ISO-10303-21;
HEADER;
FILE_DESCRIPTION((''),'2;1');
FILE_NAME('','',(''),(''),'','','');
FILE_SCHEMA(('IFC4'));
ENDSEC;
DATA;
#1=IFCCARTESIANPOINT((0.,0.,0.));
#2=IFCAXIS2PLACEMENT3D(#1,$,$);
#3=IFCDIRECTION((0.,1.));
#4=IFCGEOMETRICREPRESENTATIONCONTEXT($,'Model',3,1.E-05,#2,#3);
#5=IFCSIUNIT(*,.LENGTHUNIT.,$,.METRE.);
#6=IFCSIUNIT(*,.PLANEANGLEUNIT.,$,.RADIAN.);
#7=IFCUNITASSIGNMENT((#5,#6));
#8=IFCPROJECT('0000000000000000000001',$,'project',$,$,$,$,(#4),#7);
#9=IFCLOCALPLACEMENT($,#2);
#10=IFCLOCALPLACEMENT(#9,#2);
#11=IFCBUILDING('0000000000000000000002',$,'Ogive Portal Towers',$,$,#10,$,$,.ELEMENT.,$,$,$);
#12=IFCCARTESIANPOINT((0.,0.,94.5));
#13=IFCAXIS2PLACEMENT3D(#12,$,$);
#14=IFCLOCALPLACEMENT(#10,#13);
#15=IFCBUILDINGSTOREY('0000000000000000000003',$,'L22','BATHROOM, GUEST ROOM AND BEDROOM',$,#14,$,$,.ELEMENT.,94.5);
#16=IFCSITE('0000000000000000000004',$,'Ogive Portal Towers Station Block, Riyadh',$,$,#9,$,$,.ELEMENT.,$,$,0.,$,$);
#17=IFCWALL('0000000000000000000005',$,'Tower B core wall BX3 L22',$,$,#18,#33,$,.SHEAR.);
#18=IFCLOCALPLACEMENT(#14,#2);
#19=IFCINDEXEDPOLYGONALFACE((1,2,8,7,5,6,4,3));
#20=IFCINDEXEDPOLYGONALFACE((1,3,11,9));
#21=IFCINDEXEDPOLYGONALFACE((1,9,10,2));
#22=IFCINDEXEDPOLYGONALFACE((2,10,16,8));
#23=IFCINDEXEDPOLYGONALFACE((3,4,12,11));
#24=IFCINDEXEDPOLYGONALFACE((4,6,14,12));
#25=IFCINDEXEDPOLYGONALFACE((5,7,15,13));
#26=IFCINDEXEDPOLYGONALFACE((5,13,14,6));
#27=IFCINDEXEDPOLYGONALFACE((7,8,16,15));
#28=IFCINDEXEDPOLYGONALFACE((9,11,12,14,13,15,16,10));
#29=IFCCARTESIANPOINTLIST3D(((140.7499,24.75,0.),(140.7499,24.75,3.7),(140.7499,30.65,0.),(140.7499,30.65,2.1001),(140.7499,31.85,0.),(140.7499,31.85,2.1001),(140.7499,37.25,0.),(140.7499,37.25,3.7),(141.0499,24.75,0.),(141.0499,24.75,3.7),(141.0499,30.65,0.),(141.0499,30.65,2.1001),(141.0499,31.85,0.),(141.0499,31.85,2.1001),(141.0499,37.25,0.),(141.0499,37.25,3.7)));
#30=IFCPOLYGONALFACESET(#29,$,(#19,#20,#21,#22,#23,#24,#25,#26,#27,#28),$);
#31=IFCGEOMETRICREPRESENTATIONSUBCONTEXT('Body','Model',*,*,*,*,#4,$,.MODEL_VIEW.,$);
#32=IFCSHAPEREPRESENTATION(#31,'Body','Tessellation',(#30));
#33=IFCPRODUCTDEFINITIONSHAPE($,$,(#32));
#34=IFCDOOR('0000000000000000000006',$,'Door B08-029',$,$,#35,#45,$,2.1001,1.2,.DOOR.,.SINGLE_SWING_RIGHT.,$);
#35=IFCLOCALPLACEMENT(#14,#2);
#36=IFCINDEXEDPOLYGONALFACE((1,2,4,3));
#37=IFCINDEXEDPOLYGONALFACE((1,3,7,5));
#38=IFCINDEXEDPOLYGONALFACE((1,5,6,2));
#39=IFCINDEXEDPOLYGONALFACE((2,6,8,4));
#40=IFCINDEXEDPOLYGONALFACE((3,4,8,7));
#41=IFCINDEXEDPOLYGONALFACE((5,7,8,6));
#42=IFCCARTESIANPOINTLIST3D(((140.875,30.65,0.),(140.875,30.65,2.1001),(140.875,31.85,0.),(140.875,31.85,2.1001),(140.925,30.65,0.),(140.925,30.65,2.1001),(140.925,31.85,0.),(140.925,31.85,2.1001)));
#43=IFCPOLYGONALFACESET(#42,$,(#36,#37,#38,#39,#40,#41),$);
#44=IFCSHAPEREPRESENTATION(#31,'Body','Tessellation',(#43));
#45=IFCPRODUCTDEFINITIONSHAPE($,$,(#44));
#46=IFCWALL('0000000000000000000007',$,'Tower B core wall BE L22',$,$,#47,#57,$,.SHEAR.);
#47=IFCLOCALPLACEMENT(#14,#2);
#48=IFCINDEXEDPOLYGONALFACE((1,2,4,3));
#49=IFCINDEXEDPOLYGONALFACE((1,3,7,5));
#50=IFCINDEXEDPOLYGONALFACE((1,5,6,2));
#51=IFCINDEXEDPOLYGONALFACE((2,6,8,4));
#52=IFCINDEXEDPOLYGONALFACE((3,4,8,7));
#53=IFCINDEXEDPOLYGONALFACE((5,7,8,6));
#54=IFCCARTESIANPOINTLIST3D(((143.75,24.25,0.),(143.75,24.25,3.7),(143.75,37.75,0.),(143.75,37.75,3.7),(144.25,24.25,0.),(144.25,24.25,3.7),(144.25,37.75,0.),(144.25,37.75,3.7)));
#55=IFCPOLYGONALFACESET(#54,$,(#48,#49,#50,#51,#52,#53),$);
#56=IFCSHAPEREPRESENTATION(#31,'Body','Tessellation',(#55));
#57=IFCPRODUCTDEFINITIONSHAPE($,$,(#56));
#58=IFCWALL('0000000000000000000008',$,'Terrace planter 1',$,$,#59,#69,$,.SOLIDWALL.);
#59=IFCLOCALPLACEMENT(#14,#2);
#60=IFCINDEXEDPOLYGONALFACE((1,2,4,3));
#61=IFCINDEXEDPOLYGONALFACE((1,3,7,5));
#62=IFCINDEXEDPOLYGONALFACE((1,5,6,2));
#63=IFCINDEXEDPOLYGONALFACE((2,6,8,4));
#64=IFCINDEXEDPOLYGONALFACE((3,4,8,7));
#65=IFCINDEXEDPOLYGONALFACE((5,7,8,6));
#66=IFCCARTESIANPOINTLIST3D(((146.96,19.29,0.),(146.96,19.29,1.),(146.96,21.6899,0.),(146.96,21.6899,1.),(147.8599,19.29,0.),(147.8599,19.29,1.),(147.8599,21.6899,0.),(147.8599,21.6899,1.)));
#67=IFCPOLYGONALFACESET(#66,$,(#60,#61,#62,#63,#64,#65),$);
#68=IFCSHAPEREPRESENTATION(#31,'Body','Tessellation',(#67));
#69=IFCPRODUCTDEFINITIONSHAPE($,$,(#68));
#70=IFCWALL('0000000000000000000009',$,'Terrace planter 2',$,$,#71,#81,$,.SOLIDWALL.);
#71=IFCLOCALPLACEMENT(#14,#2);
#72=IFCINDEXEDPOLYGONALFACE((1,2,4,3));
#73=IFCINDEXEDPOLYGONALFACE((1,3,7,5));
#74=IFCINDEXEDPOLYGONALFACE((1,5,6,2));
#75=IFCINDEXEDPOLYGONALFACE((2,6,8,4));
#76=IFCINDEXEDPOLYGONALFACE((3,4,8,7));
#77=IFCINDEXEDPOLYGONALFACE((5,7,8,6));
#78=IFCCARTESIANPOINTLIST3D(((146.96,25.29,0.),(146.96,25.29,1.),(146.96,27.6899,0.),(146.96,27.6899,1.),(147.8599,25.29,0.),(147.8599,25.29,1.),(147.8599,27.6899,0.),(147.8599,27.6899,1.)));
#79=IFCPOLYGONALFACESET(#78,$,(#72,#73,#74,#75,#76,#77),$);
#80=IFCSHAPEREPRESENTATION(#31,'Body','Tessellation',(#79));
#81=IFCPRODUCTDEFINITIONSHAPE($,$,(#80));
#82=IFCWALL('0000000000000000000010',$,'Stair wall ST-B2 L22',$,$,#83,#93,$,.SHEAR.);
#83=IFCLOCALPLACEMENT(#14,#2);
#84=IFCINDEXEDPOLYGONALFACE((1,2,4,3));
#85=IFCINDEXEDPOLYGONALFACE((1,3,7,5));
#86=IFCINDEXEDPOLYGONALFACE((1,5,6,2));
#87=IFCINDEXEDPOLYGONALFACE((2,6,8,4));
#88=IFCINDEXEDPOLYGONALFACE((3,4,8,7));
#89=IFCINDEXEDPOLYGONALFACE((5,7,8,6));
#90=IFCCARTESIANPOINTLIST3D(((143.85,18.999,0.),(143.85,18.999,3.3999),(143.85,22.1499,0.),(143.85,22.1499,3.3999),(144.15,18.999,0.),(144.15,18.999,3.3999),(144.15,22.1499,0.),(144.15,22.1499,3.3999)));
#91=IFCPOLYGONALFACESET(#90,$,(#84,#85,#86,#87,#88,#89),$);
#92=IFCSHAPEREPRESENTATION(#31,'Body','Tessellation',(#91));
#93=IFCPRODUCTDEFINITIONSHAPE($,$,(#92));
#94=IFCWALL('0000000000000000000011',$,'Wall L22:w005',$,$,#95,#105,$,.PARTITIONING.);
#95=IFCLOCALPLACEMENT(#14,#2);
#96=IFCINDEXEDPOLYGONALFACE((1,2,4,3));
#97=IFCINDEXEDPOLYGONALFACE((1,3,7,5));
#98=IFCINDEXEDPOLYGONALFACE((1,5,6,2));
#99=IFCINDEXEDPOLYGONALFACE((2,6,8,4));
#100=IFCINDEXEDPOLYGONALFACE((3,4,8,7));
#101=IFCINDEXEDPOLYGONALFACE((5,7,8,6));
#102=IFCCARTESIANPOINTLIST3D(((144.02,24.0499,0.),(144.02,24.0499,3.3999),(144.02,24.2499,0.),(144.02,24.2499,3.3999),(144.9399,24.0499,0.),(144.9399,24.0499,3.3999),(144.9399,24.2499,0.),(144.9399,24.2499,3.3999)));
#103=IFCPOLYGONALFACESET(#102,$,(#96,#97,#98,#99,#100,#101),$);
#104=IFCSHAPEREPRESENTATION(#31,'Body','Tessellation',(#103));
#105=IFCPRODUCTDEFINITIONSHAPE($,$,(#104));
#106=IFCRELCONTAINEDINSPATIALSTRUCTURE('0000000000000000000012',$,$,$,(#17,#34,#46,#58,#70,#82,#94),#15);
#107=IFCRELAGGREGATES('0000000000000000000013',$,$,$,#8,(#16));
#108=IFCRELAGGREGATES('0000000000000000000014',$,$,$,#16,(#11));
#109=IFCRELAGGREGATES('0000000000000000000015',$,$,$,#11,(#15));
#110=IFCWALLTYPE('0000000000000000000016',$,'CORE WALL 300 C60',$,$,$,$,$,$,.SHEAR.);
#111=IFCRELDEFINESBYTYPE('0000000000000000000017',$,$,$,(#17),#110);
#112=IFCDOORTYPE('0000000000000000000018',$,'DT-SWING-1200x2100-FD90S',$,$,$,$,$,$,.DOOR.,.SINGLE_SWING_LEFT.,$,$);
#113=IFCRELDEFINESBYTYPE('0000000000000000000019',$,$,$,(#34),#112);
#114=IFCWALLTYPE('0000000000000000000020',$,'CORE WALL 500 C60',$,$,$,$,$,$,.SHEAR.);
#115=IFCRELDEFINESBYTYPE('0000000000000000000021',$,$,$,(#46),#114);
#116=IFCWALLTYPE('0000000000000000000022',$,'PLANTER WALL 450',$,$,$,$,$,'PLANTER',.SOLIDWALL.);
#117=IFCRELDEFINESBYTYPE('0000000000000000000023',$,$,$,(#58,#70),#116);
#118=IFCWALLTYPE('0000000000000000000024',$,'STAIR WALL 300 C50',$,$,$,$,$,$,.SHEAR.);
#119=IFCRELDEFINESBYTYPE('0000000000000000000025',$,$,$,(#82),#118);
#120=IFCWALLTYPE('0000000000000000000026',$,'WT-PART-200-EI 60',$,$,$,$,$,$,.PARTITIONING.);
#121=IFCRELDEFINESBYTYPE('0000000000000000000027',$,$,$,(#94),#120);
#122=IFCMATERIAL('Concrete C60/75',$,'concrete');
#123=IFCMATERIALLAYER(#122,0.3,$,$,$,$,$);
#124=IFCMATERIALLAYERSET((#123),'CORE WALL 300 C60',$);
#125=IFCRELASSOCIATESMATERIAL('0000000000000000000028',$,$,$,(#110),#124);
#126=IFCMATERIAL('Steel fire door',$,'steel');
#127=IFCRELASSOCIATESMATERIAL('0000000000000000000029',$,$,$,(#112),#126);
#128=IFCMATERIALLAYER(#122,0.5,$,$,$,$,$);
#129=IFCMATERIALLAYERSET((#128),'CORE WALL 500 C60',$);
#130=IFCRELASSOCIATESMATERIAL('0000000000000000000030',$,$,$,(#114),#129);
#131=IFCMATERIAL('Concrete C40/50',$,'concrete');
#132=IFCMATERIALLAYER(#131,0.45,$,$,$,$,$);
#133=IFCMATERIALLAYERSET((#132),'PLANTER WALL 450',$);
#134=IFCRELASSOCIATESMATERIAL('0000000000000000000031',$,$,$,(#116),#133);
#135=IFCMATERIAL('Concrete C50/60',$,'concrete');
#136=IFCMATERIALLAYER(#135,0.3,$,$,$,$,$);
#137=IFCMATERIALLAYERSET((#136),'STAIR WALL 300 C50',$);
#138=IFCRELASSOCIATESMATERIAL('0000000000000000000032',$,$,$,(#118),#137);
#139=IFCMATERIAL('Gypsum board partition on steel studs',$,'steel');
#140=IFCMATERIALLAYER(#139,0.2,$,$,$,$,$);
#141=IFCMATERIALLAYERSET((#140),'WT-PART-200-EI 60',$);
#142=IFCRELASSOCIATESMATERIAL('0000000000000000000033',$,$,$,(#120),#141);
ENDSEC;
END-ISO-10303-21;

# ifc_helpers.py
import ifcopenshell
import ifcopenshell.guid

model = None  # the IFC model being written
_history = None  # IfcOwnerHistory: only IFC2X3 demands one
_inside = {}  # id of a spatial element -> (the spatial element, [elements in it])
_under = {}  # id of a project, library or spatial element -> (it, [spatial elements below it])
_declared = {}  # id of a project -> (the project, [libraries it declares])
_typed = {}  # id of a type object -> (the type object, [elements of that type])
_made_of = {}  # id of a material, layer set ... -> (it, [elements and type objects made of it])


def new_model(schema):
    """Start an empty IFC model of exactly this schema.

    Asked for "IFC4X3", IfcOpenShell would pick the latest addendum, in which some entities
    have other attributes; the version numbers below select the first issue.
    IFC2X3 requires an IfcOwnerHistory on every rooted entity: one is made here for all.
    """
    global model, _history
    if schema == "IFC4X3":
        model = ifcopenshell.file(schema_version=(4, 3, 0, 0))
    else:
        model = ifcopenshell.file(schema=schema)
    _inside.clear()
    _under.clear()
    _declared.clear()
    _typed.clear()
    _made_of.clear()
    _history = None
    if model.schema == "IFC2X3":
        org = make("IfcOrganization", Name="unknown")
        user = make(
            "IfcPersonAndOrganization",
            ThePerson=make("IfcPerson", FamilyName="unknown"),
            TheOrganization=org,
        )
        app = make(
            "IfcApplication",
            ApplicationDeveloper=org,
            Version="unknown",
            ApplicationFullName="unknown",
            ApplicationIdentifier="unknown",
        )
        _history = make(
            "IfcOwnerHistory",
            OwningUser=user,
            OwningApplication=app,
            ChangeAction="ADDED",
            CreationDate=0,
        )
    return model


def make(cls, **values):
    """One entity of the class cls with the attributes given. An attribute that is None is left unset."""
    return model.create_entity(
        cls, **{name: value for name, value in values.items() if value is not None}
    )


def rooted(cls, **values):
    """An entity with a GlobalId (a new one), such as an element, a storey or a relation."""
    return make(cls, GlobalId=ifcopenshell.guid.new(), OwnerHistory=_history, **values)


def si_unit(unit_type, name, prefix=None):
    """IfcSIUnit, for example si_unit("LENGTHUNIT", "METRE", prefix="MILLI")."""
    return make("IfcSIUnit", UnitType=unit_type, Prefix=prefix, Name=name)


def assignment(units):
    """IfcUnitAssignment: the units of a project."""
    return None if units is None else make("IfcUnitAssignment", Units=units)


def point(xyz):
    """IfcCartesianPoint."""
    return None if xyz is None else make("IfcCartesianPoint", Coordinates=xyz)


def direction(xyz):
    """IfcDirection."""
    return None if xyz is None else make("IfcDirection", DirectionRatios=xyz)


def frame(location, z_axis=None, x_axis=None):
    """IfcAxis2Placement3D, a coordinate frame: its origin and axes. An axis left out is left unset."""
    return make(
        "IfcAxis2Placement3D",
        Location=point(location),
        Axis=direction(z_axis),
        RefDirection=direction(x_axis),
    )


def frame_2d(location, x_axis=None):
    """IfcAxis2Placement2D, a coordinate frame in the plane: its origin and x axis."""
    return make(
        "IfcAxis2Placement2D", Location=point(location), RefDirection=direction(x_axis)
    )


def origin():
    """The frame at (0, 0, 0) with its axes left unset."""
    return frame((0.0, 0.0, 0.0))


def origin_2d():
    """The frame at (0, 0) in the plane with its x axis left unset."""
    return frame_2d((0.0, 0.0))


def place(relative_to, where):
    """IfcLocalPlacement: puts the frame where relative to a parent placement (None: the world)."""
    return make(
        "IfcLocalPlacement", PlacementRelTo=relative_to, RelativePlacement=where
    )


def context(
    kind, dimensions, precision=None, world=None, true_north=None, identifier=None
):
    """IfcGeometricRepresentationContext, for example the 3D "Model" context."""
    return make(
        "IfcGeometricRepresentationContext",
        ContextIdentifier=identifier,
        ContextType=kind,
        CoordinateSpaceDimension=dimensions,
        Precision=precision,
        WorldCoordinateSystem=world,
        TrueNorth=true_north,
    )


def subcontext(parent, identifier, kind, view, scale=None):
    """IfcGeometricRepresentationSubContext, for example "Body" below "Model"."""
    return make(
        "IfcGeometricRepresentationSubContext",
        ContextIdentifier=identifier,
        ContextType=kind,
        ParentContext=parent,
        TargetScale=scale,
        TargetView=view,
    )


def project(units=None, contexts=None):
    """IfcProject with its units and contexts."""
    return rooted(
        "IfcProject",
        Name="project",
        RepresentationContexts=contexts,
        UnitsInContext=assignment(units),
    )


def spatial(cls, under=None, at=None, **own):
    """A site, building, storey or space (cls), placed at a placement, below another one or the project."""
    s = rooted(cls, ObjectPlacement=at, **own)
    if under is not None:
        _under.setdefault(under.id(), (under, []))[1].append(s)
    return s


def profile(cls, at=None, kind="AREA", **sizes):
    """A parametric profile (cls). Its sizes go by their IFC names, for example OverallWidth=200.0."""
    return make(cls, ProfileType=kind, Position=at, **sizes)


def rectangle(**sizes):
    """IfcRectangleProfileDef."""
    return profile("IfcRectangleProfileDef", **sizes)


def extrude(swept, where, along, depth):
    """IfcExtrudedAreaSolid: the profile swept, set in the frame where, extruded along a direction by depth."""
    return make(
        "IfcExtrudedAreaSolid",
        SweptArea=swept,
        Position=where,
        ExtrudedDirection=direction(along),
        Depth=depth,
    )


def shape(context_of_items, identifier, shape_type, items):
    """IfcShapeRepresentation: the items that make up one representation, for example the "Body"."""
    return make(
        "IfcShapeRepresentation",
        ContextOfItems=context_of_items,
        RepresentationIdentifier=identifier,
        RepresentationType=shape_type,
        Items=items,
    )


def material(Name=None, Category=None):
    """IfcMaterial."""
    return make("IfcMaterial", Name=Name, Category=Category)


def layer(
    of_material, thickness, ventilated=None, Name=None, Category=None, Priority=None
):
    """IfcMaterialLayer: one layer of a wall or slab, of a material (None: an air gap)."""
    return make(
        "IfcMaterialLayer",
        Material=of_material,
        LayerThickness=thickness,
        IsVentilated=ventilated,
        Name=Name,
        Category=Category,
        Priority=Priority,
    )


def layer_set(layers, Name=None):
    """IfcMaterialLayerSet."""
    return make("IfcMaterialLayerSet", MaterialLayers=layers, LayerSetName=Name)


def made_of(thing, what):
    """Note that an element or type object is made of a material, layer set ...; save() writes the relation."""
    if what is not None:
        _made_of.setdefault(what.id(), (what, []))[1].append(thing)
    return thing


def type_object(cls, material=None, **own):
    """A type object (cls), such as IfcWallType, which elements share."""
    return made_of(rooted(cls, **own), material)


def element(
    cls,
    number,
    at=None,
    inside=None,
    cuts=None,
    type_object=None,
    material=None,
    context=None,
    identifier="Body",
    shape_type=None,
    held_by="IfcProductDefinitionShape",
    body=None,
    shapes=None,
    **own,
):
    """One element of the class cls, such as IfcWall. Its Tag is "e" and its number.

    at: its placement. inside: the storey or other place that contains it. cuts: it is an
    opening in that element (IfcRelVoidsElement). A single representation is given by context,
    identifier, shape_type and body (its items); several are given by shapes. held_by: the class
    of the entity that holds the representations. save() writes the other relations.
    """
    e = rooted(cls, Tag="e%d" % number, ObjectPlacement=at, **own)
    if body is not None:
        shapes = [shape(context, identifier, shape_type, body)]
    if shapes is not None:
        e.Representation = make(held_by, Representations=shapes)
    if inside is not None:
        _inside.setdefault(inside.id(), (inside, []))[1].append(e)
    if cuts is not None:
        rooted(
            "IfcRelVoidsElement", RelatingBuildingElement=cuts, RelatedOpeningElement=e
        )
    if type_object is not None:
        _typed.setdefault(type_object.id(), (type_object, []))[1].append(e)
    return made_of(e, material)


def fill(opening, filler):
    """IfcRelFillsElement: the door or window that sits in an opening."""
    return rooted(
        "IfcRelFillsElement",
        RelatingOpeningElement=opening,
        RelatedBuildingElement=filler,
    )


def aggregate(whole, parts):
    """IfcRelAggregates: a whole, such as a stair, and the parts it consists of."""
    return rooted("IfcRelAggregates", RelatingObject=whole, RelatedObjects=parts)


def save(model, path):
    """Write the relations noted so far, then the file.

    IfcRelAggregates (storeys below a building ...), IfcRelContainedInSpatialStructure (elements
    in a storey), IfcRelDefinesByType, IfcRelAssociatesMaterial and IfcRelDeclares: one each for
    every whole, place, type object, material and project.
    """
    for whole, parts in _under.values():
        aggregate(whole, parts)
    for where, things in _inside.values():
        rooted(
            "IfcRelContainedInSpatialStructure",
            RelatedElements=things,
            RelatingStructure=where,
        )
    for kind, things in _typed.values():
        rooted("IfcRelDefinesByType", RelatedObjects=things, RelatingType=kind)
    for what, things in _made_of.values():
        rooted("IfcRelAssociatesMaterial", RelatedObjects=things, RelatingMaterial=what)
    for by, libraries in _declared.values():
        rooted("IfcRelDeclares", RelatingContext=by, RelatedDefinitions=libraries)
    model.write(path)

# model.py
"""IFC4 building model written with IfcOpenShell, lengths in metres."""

from ifc_helpers import new_model, si_unit, direction, frame, frame_2d, origin, origin_2d, place, context, subcontext, project, spatial, rectangle, extrude, material, layer, layer_set, type_object, element, fill, save


model = new_model("IFC4")

# Units and contexts
model_context = context("Model", 3, precision=1e-05, world=origin(), true_north=direction((0.0, 1.0)))
body_context = subcontext(model_context, "Body", "Model", "MODEL_VIEW")
ifc_project = project(units=[si_unit("LENGTHUNIT", "METRE"), si_unit("PLANEANGLEUNIT", "RADIAN")], contexts=[model_context])

# Site, building, storey
site_placement = place(None, origin())
site = spatial("IfcSite", under=ifc_project, at=site_placement, Name="Ogive Portal Towers Station Block, Riyadh", CompositionType="ELEMENT", RefElevation=0.0)
building_placement = place(site_placement, origin())
building = spatial("IfcBuilding", under=site, at=building_placement, Name="Ogive Portal Towers", CompositionType="ELEMENT")
storey_placement = place(building_placement, frame((0.0, 0.0, 94.5)))
storey = spatial("IfcBuildingStorey", under=building, at=storey_placement, Name="L22", Description="BATHROOM, GUEST ROOM AND BEDROOM", CompositionType="ELEMENT", Elevation=94.5)

# Shared definitions
ifc_material_1 = material(Name="Concrete C50/60", Category="concrete")

# Wall, opening, door
ifc_material_2 = material(Name="Concrete C60/75", Category="concrete")
ifc_layer_1 = layer(ifc_material_2, 0.3)
ifc_layer_set_1 = layer_set([ifc_layer_1], Name="CORE WALL 300 C60")
wall_type_1 = type_object("IfcWallType", Name="CORE WALL 300 C60", PredefinedType="SHEAR", material=ifc_layer_set_1)
wall_1_placement = place(storey_placement, frame((140.8999, 24.75, 0.0), z_axis=(0.0, 0.0, 1.0), x_axis=(0.0, 1.0, 0.0)))
wall_1 = element("IfcWall", 1, at=wall_1_placement, inside=storey, type_object=wall_type_1, Name="Tower B core wall BX3 L22", PredefinedType="SHEAR", context=body_context, shape_type="SweptSolid", body=[
    extrude(rectangle(XDim=12.5, YDim=0.3, at=frame_2d((6.25, 0.0))), origin(), (0.0, 0.0, 1.0), 3.7),
])
opening_1_placement = place(wall_1_placement, frame((5.8999, 0.0, 0.0)))
opening_1 = element("IfcOpeningElement", 2, at=opening_1_placement, cuts=wall_1, PredefinedType="OPENING", context=body_context, shape_type="SweptSolid", body=[
    extrude(rectangle(XDim=1.2, YDim=2.1001, at=frame_2d((0.6001, 1.05))), frame((0.0, 0.1602, 0.0), z_axis=(0.0, -1.0, 0.0), x_axis=(1.0, 0.0, 0.0)), (0.0, 0.0, 1.0), 0.3201),
])
ifc_material_3 = material(Name="Steel fire door", Category="steel")
door_type_1 = type_object("IfcDoorType", Name="DT-SWING-1200x2100-FD90S", OperationType="SINGLE_SWING_LEFT", PredefinedType="DOOR", material=ifc_material_3)
door_1_placement = place(opening_1_placement, origin())
door_1 = element("IfcDoor", 3, at=door_1_placement, inside=storey, type_object=door_type_1, Name="Door B08-029", OperationType="SINGLE_SWING_RIGHT", OverallHeight=2.1001, OverallWidth=1.2, PredefinedType="DOOR", context=body_context, shape_type="SweptSolid", body=[
    extrude(rectangle(XDim=1.2, YDim=2.1001, at=frame_2d((0.6001, 1.05))), frame((0.0, 0.0249, 0.0), z_axis=(0.0, -1.0, 0.0), x_axis=(1.0, 0.0, 0.0)), (0.0, 0.0, 1.0), 0.05),
])
fill(opening_1, door_1)

# Walls
ifc_layer_2 = layer(ifc_material_2, 0.5)
ifc_layer_set_2 = layer_set([ifc_layer_2], Name="CORE WALL 500 C60")
wall_type_2 = type_object("IfcWallType", Name="CORE WALL 500 C60", PredefinedType="SHEAR", material=ifc_layer_set_2)
wall_2_placement = place(storey_placement, frame((144.0, 24.25, 0.0), z_axis=(0.0, 0.0, 1.0), x_axis=(0.0, 1.0, 0.0)))
element("IfcWall", 4, at=wall_2_placement, inside=storey, type_object=wall_type_2, Name="Tower B core wall BE L22", PredefinedType="SHEAR", context=body_context, shape_type="SweptSolid", body=[
    extrude(rectangle(XDim=13.5, YDim=0.5, at=frame_2d((6.75, 0.0))), origin(), (0.0, 0.0, 1.0), 3.7),
])
ifc_material_4 = material(Name="Concrete C40/50", Category="concrete")
ifc_layer_3 = layer(ifc_material_4, 0.45)
ifc_layer_set_3 = layer_set([ifc_layer_3], Name="PLANTER WALL 450")
wall_type_3 = type_object("IfcWallType", Name="PLANTER WALL 450", ElementType="PLANTER", PredefinedType="SOLIDWALL", material=ifc_layer_set_3)
for number, where, z_axis, x_axis, name in (
    (5, (147.4099, 20.49, 0.0), (0.0, 0.0, 1.0), (1.0, 0.0, 0.0), "Terrace planter 1"),
    (6, (147.4099, 26.49, 0.0), (0.0, 0.0, 1.0), (1.0, 0.0, 0.0), "Terrace planter 2"),
):
    element("IfcWall", number, at=place(storey_placement, frame(where, z_axis=z_axis, x_axis=x_axis)), inside=storey, type_object=wall_type_3, Name=name, PredefinedType="SOLIDWALL", context=body_context, shape_type="SweptSolid", body=[
        extrude(rectangle(XDim=0.8999, YDim=2.3999, at=origin_2d()), origin(), (0.0, 0.0, 1.0), 1.0),
    ])
ifc_layer_4 = layer(ifc_material_1, 0.3)
ifc_layer_set_4 = layer_set([ifc_layer_4], Name="STAIR WALL 300 C50")
wall_type_4 = type_object("IfcWallType", Name="STAIR WALL 300 C50", PredefinedType="SHEAR", material=ifc_layer_set_4)
wall_3_placement = place(storey_placement, frame((144.0, 18.999, 0.0), z_axis=(0.0, 0.0, 1.0), x_axis=(0.0, 1.0, 0.0)))
element("IfcWall", 7, at=wall_3_placement, inside=storey, type_object=wall_type_4, Name="Stair wall ST-B2 L22", PredefinedType="SHEAR", context=body_context, shape_type="SweptSolid", body=[
    extrude(rectangle(XDim=3.1509, YDim=0.3, at=frame_2d((1.5754, 0.0))), origin(), (0.0, 0.0, 1.0), 3.3999),
])
ifc_material_5 = material(Name="Gypsum board partition on steel studs", Category="steel")
ifc_layer_5 = layer(ifc_material_5, 0.2)
ifc_layer_set_5 = layer_set([ifc_layer_5], Name="WT-PART-200-EI 60")
wall_type_5 = type_object("IfcWallType", Name="WT-PART-200-EI 60", PredefinedType="PARTITIONING", material=ifc_layer_set_5)
wall_4_placement = place(storey_placement, frame((144.02, 24.1499, 0.0), z_axis=(0.0, 0.0, 1.0), x_axis=(1.0, 0.0, 0.0)))
element("IfcWall", 8, at=wall_4_placement, inside=storey, type_object=wall_type_5, Name="Wall L22:w005", PredefinedType="PARTITIONING", context=body_context, shape_type="SweptSolid", body=[
    extrude(rectangle(XDim=0.9199, YDim=0.2, at=frame_2d((0.46, 0.0))), origin(), (0.0, 0.0, 1.0), 3.3999),
])

save(model, "model.ifc")
